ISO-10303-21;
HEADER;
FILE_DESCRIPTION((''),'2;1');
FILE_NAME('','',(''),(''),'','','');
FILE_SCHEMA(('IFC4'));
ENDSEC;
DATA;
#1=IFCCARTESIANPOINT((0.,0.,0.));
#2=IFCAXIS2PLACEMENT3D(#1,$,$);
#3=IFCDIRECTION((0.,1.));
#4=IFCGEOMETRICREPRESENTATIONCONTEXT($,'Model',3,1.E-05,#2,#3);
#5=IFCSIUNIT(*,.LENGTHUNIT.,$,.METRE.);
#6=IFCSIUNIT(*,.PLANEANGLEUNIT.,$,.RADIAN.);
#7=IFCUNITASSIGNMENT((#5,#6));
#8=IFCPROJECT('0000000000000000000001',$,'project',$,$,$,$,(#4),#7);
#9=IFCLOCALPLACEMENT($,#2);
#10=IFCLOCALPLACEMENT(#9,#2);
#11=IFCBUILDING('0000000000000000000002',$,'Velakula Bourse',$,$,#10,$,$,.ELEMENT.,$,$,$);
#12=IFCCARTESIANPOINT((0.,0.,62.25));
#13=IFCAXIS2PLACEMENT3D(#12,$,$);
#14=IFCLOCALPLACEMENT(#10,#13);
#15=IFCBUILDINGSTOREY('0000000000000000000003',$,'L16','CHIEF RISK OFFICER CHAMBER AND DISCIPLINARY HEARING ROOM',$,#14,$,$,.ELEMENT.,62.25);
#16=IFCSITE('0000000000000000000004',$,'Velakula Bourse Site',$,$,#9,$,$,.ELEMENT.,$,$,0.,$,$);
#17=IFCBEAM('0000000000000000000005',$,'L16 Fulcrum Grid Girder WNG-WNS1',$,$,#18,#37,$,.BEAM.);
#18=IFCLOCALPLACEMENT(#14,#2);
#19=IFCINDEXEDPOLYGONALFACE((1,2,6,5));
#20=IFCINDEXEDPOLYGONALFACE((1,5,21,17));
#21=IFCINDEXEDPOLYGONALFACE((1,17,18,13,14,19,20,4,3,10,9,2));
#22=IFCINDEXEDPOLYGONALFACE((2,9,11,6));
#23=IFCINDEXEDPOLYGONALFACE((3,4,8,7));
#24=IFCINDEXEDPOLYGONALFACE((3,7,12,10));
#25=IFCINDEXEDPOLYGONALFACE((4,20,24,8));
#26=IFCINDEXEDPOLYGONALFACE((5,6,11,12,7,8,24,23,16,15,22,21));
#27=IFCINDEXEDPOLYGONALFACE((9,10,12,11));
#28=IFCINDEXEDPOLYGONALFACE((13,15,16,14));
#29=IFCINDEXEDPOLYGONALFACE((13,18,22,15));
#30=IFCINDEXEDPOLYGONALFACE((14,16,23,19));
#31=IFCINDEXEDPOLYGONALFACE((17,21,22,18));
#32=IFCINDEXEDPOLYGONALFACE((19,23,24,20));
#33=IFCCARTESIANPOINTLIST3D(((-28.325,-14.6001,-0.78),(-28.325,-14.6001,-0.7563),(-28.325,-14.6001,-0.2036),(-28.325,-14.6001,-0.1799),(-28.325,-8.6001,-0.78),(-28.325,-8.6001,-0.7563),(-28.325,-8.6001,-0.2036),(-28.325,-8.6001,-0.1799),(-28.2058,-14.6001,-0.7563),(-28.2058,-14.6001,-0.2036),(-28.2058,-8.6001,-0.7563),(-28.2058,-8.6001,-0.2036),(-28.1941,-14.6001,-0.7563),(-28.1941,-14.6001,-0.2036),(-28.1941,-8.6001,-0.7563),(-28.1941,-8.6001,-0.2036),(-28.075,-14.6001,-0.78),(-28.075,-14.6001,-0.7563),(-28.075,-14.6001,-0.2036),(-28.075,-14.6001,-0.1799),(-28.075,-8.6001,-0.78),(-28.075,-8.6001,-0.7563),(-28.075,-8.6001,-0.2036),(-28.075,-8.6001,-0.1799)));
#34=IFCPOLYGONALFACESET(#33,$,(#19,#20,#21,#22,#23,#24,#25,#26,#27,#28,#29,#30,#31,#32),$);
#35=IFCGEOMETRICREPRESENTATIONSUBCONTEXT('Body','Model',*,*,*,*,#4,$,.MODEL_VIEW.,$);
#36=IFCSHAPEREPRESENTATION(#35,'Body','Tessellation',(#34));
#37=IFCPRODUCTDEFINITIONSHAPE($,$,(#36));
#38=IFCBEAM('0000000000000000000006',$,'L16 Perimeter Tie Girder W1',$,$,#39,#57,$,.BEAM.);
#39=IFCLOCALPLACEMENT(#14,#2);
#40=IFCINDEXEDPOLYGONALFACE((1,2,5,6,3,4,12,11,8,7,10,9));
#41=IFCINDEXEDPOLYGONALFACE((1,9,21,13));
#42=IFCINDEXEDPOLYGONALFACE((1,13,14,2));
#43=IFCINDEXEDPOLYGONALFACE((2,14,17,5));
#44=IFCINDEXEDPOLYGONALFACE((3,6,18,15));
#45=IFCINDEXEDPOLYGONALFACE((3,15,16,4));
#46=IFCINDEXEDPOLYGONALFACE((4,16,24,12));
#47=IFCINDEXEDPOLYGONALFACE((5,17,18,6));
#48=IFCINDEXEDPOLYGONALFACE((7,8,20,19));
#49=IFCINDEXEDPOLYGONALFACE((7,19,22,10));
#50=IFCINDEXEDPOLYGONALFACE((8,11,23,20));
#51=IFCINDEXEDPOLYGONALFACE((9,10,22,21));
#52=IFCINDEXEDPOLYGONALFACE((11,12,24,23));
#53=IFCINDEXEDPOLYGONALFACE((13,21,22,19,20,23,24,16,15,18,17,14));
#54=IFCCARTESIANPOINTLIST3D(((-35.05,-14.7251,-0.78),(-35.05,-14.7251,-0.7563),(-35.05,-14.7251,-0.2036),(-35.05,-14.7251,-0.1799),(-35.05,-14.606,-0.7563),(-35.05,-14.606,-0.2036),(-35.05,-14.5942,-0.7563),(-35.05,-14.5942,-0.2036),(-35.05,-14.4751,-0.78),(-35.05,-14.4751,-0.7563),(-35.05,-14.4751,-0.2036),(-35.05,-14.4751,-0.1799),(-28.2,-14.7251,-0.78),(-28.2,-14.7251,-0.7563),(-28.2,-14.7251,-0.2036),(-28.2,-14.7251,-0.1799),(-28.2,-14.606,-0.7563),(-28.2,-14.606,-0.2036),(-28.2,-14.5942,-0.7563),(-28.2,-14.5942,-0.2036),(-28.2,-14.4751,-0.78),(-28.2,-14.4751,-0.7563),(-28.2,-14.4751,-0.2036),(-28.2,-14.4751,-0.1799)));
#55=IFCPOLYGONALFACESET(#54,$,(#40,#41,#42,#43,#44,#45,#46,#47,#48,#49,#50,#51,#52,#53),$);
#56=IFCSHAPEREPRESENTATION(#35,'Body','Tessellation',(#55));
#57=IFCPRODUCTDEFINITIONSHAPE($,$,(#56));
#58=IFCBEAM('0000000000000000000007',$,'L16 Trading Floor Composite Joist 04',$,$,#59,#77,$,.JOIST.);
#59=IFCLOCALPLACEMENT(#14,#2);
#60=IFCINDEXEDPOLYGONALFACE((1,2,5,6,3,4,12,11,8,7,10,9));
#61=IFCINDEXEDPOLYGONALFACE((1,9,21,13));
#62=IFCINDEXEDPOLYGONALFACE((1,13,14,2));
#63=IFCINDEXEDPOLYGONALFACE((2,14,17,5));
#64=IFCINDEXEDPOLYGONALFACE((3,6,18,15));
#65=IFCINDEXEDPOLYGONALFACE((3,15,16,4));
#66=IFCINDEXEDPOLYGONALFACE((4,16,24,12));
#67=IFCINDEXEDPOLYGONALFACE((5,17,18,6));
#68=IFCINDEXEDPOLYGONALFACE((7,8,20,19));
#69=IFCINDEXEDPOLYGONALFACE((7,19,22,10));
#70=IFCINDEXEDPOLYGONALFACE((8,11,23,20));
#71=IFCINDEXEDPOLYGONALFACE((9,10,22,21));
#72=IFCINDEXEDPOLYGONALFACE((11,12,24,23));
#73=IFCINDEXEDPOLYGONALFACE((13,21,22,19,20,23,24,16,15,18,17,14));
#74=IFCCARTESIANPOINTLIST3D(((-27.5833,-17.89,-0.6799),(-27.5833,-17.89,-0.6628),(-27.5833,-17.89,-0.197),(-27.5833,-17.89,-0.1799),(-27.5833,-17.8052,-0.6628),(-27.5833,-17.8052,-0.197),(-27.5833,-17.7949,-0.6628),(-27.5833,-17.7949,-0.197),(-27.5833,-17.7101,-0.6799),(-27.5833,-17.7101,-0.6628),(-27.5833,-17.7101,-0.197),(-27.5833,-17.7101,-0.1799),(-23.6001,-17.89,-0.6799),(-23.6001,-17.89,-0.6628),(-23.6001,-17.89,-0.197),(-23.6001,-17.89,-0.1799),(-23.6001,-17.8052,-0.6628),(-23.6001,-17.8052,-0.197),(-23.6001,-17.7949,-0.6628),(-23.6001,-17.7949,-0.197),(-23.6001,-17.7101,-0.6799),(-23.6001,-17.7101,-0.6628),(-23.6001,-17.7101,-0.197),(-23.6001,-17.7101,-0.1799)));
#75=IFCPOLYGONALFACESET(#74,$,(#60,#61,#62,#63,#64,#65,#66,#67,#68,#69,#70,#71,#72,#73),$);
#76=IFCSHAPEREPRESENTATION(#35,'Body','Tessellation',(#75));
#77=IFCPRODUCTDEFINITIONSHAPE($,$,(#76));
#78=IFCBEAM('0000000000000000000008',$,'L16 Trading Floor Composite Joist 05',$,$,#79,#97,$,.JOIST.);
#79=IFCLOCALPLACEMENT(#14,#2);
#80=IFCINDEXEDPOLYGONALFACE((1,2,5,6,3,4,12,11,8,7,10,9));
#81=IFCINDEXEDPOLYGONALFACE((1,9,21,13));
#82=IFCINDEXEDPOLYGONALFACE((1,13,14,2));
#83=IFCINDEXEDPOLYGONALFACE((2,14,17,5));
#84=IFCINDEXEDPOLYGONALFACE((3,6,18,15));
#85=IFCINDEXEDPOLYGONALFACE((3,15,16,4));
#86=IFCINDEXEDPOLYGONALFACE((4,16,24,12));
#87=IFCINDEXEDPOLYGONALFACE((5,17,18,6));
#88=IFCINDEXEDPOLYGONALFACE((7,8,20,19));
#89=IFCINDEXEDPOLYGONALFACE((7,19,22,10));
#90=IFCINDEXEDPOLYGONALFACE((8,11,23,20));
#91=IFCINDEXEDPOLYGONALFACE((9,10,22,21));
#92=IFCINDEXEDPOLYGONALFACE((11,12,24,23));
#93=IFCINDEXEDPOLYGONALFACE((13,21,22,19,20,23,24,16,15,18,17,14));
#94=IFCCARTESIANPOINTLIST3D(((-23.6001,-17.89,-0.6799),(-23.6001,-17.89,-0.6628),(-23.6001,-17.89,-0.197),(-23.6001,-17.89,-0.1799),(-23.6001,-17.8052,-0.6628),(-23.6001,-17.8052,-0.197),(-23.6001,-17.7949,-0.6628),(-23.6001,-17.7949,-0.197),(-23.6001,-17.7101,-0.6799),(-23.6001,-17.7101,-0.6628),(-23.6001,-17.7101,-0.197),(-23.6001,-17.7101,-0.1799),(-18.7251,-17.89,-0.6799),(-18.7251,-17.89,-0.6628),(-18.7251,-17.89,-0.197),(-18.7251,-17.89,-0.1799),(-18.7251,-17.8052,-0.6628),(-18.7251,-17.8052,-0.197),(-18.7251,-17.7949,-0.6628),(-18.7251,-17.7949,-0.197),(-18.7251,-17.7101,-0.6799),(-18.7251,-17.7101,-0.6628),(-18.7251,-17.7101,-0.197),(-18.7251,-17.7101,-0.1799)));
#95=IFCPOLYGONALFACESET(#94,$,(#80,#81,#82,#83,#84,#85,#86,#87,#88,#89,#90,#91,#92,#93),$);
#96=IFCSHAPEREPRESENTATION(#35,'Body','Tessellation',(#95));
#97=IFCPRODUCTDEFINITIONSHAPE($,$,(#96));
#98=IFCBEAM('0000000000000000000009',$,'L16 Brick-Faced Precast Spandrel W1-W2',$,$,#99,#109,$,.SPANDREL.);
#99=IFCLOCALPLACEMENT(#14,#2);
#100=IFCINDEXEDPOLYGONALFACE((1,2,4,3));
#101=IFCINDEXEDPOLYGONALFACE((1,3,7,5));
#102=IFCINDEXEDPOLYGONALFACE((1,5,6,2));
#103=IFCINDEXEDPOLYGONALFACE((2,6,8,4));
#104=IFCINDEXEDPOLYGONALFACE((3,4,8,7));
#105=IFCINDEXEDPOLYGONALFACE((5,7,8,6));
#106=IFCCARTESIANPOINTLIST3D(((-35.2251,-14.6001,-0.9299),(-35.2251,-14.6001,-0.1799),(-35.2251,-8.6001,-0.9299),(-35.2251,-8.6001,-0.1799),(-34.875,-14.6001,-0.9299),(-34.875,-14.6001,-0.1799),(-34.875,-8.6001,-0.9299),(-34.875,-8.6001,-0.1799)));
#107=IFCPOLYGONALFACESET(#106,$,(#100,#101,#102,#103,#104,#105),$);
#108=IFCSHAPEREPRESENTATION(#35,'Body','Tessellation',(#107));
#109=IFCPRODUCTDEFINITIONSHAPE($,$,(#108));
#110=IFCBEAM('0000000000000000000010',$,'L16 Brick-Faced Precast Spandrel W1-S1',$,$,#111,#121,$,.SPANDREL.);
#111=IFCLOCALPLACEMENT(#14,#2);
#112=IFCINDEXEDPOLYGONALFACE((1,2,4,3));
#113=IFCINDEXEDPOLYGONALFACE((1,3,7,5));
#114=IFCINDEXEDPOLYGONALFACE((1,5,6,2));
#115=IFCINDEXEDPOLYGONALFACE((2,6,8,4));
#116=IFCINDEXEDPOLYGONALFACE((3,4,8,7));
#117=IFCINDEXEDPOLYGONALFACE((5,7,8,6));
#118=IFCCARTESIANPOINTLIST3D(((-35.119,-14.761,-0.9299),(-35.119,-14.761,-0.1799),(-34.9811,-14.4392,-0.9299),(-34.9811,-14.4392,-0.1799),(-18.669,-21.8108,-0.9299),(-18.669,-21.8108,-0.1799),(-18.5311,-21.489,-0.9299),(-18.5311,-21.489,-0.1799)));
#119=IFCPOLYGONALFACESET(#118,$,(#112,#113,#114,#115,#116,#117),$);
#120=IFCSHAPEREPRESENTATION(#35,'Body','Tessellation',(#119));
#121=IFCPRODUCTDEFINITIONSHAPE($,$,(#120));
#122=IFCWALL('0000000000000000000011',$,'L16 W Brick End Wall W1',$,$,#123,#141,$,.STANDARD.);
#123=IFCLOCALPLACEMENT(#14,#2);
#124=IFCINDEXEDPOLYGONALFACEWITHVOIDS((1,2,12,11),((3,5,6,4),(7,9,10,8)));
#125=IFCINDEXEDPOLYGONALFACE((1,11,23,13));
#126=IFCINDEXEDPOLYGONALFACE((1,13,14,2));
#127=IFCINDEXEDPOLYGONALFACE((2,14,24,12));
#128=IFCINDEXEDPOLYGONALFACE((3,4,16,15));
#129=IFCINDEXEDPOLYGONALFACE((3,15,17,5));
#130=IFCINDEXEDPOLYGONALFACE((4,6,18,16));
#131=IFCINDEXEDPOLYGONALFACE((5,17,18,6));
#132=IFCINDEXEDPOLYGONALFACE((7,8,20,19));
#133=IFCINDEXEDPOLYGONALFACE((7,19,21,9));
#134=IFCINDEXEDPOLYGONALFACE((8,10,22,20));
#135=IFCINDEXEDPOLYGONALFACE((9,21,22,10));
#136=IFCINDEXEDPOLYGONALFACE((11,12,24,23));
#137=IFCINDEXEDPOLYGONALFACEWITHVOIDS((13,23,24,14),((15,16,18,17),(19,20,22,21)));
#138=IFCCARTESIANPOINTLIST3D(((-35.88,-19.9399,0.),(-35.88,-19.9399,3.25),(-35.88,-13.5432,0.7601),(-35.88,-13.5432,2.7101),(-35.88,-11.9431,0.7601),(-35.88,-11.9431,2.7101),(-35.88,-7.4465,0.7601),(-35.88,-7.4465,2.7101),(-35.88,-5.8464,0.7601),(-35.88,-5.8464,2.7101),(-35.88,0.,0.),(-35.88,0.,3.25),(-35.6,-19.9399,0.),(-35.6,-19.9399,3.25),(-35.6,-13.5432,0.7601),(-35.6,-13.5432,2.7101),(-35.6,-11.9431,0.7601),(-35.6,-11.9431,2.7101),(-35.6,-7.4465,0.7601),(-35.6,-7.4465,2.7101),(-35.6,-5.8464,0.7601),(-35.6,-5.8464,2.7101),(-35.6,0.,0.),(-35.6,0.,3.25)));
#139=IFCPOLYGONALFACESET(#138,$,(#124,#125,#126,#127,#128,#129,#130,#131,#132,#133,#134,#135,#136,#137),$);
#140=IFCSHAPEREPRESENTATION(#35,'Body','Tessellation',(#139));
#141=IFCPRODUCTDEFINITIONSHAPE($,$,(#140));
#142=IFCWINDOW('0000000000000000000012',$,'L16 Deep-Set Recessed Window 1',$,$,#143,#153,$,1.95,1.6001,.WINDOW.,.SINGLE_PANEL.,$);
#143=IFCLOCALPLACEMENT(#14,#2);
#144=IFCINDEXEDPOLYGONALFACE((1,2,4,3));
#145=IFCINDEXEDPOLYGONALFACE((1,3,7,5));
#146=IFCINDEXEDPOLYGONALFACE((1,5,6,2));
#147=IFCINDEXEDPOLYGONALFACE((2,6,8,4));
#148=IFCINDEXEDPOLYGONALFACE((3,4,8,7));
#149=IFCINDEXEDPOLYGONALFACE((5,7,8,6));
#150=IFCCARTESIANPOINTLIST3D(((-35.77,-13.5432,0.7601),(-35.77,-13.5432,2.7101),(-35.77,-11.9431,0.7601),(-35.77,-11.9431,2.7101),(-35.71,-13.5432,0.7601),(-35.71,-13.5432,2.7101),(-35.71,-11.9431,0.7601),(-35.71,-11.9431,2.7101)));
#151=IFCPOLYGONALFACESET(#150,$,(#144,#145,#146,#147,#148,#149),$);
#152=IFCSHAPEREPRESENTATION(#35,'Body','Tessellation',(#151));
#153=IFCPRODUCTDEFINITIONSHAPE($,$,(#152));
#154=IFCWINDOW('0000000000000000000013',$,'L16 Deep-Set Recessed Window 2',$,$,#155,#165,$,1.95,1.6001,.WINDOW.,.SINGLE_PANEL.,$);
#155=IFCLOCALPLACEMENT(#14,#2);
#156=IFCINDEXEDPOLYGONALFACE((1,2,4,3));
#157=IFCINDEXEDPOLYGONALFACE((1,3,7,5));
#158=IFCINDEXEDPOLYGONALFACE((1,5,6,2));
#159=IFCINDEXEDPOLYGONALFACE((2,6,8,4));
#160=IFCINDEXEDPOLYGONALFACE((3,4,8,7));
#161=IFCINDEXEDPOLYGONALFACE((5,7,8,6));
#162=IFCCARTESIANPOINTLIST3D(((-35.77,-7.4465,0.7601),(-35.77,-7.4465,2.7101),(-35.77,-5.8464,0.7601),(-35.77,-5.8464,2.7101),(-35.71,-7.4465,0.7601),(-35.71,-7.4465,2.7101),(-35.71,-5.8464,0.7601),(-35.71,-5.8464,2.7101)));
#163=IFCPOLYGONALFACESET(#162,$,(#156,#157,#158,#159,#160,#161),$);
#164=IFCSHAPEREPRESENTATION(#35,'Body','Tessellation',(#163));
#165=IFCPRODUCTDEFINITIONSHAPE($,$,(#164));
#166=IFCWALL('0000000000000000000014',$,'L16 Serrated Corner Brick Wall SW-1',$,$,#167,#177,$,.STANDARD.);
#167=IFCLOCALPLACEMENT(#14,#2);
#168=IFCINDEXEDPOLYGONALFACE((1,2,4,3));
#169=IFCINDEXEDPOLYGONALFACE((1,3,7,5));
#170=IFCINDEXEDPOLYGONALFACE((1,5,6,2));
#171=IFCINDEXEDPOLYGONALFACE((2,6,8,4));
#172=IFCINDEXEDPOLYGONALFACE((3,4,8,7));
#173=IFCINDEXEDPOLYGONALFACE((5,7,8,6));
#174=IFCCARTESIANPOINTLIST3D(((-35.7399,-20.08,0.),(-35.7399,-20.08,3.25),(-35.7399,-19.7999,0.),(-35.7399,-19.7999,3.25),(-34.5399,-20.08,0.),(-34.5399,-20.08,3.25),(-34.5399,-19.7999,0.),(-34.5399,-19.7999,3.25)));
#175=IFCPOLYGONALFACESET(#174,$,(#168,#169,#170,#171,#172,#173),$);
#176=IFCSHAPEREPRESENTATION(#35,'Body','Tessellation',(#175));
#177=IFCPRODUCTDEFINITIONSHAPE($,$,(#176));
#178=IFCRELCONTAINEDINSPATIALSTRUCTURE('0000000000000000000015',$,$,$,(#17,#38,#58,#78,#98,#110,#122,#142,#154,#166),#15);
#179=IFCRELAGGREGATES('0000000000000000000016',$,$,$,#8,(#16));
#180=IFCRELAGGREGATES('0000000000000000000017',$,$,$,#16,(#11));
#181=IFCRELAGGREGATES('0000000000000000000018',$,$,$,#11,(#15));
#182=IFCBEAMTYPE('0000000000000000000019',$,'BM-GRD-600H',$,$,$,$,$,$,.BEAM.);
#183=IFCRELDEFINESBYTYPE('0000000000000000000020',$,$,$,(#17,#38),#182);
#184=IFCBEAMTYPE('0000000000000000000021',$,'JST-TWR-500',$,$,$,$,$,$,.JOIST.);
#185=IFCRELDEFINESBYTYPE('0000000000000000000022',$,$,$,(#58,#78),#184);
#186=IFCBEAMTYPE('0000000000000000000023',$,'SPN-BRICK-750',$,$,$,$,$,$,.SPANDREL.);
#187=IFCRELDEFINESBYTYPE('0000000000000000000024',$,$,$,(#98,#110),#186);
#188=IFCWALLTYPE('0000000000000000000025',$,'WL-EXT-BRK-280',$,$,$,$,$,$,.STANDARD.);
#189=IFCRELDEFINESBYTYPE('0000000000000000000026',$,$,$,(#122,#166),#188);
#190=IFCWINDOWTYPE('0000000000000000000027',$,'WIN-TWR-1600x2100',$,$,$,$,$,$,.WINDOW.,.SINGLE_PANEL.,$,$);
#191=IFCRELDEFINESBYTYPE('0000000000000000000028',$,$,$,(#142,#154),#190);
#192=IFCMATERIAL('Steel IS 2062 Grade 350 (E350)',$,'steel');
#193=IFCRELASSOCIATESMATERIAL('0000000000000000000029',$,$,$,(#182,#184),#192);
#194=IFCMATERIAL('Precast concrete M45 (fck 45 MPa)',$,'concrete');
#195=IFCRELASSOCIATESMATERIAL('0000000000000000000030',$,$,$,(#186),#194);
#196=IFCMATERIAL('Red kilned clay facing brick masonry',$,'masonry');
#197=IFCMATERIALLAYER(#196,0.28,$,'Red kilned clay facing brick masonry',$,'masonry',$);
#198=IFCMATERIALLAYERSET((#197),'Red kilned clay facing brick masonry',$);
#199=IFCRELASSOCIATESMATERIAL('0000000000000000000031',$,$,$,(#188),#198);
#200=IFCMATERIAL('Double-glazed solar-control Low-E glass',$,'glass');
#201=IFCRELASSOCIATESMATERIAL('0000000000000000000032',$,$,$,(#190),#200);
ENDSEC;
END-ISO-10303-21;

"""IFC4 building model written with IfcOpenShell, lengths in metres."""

from ifc_helpers import new_model, si_unit, direction, frame, frame_2d, origin, origin_2d, place, context, subcontext, project, spatial, rectangle, i_section, extrude, material, layer, layer_set, material_profile, profile_set, type_object, element, fill, save


model = new_model("IFC4")

# Units and contexts
model_context = context("Model", 3, precision=1e-05, world=origin(), true_north=direction((0.0, 1.0)))
body_context = subcontext(model_context, "Body", "Model", "MODEL_VIEW")
ifc_project = project(units=[si_unit("LENGTHUNIT", "METRE"), si_unit("PLANEANGLEUNIT", "RADIAN")], contexts=[model_context])

# Site, building, storey
site_placement = place(None, origin())
site = spatial("IfcSite", under=ifc_project, at=site_placement, Name="Velakula Bourse Site", CompositionType="ELEMENT", RefElevation=0.0)
building_placement = place(site_placement, origin())
building = spatial("IfcBuilding", under=site, at=building_placement, Name="Velakula Bourse", CompositionType="ELEMENT")
storey_placement = place(building_placement, frame((0.0, 0.0, 62.25)))
storey = spatial("IfcBuildingStorey", under=building, at=storey_placement, Name="L16", Description="CHIEF RISK OFFICER CHAMBER AND DISCIPLINARY HEARING ROOM", CompositionType="ELEMENT", Elevation=62.25)

# Shared definitions
ifc_material_1 = material(Name="Precast concrete M45 (fck 45 MPa)", Category="concrete")

# Beams
ifc_material_2 = material(Name="Steel IS 2062 Grade 350 (E350)", Category="steel")
ifc_material_profile_1 = material_profile(ifc_material_2, i_section(OverallWidth=0.25, OverallDepth=0.6001, WebThickness=0.0117, FlangeThickness=0.0237, at=origin_2d()), Name="Steel IS 2062 Grade 350 (E350)")
ifc_profile_set_1 = profile_set([ifc_material_profile_1], Name="Steel IS 2062 Grade 350 (E350)")
beam_type_1 = type_object("IfcBeamType", Name="BM-GRD-600H", PredefinedType="BEAM", material=ifc_profile_set_1)
beam_1_placement = place(storey_placement, frame((-28.2, -14.6001, -0.48), z_axis=(0.0, 1.0, 0.0), x_axis=(-1.0, 0.0, 0.0)))
element("IfcBeam", 1, at=beam_1_placement, inside=storey, type_object=beam_type_1, Name="L16 Fulcrum Grid Girder WNG-WNS1", PredefinedType="BEAM", context=body_context, shape_type="SweptSolid", body=[
    extrude(i_section(OverallWidth=0.25, OverallDepth=0.6001, WebThickness=0.0117, FlangeThickness=0.0237, at=origin_2d()), origin(), (0.0, 0.0, 1.0), 6.0),
])
beam_2_placement = place(storey_placement, frame((-28.2, -14.6001, -0.48), z_axis=(-1.0, 0.0, 0.0), x_axis=(0.0, -1.0, 0.0)))
element("IfcBeam", 2, at=beam_2_placement, inside=storey, type_object=beam_type_1, Name="L16 Perimeter Tie Girder W1", PredefinedType="BEAM", context=body_context, shape_type="SweptSolid", body=[
    extrude(i_section(OverallWidth=0.25, OverallDepth=0.6001, WebThickness=0.0117, FlangeThickness=0.0237, at=origin_2d()), origin(), (0.0, 0.0, 1.0), 6.8501),
])
ifc_material_profile_2 = material_profile(ifc_material_2, i_section(OverallWidth=0.1799, OverallDepth=0.5, WebThickness=0.0103, FlangeThickness=0.0171, at=origin_2d()), Name="Steel IS 2062 Grade 350 (E350)")
ifc_profile_set_2 = profile_set([ifc_material_profile_2], Name="Steel IS 2062 Grade 350 (E350)")
beam_type_2 = type_object("IfcBeamType", Name="JST-TWR-500", PredefinedType="JOIST", material=ifc_profile_set_2)
beam_3_placement = place(storey_placement, frame((-27.5833, -17.8, -0.4299), z_axis=(1.0, 0.0, 0.0), x_axis=(0.0, 1.0, 0.0)))
element("IfcBeam", 3, at=beam_3_placement, inside=storey, type_object=beam_type_2, Name="L16 Trading Floor Composite Joist 04", PredefinedType="JOIST", context=body_context, shape_type="SweptSolid", body=[
    extrude(i_section(OverallWidth=0.1799, OverallDepth=0.5, WebThickness=0.0103, FlangeThickness=0.0171, at=origin_2d()), origin(), (0.0, 0.0, 1.0), 3.9832),
])
beam_4_placement = place(storey_placement, frame((-23.6001, -17.8, -0.4299), z_axis=(1.0, 0.0, 0.0), x_axis=(0.0, 1.0, 0.0)))
element("IfcBeam", 4, at=beam_4_placement, inside=storey, type_object=beam_type_2, Name="L16 Trading Floor Composite Joist 05", PredefinedType="JOIST", context=body_context, shape_type="SweptSolid", body=[
    extrude(i_section(OverallWidth=0.1799, OverallDepth=0.5, WebThickness=0.0103, FlangeThickness=0.0171, at=origin_2d()), origin(), (0.0, 0.0, 1.0), 4.875),
])
ifc_material_profile_3 = material_profile(ifc_material_1, rectangle(XDim=0.3501, YDim=0.75, at=origin_2d()), Name="Precast concrete M45 (fck 45 MPa)")
ifc_profile_set_3 = profile_set([ifc_material_profile_3], Name="Precast concrete M45 (fck 45 MPa)")
beam_type_3 = type_object("IfcBeamType", Name="SPN-BRICK-750", PredefinedType="SPANDREL", material=ifc_profile_set_3)
beam_5_placement = place(storey_placement, frame((-35.05, -14.6001, -0.5549), z_axis=(0.0, 1.0, 0.0), x_axis=(-1.0, 0.0, 0.0)))
element("IfcBeam", 5, at=beam_5_placement, inside=storey, type_object=beam_type_3, Name="L16 Brick-Faced Precast Spandrel W1-W2", PredefinedType="SPANDREL", context=body_context, shape_type="SweptSolid", body=[
    extrude(rectangle(XDim=0.3501, YDim=0.75, at=origin_2d()), origin(), (0.0, 0.0, 1.0), 6.0),
])
beam_6_placement = place(storey_placement, frame((-35.05, -14.6001, -0.5549), z_axis=(0.919149, -0.393911, 0.0), x_axis=(0.393911, 0.919149, 0.0)))
element("IfcBeam", 6, at=beam_6_placement, inside=storey, type_object=beam_type_3, Name="L16 Brick-Faced Precast Spandrel W1-S1", PredefinedType="SPANDREL", context=body_context, shape_type="SweptSolid", body=[
    extrude(rectangle(XDim=0.3501, YDim=0.75, at=origin_2d()), origin(), (0.0, 0.0, 1.0), 17.897),
])

# Wall, openings, windows
ifc_material_3 = material(Name="Red kilned clay facing brick masonry", Category="masonry")
ifc_layer_1 = layer(ifc_material_3, 0.28, Name="Red kilned clay facing brick masonry", Category="masonry")
ifc_layer_set_1 = layer_set([ifc_layer_1], Name="Red kilned clay facing brick masonry")
wall_type_1 = type_object("IfcWallType", Name="WL-EXT-BRK-280", PredefinedType="STANDARD", material=ifc_layer_set_1)
wall_1_placement = place(storey_placement, frame((-35.74, -19.9399, 0.0), z_axis=(0.0, 0.0, 1.0), x_axis=(0.0, 1.0, 0.0)))
wall_1 = element("IfcWall", 7, at=wall_1_placement, inside=storey, type_object=wall_type_1, Name="L16 W Brick End Wall W1", PredefinedType="STANDARD", context=body_context, shape_type="SweptSolid", body=[
    extrude(rectangle(XDim=19.9399, YDim=0.28, at=frame_2d((9.97, 0.0))), origin(), (0.0, 0.0, 1.0), 3.25),
])
opening_1_placement = place(wall_1_placement, frame((6.3967, 0.0, 0.76)))
opening_1 = element("IfcOpeningElement", 8, at=opening_1_placement, cuts=wall_1, PredefinedType="OPENING", context=body_context, shape_type="SweptSolid", body=[
    extrude(rectangle(XDim=1.6001, YDim=1.95, at=frame_2d((0.8, 0.9751))), frame((0.0, 0.1499, 0.0), z_axis=(0.0, -1.0, 0.0), x_axis=(1.0, 0.0, 0.0)), (0.0, 0.0, 1.0), 0.3),
])
opening_2_placement = place(wall_1_placement, frame((12.4934, 0.0, 0.76)))
opening_2 = element("IfcOpeningElement", 9, at=opening_2_placement, cuts=wall_1, PredefinedType="OPENING", context=body_context, shape_type="SweptSolid", body=[
    extrude(rectangle(XDim=1.6001, YDim=1.95, at=frame_2d((0.8, 0.9751))), frame((0.0, 0.1499, 0.0), z_axis=(0.0, -1.0, 0.0), x_axis=(1.0, 0.0, 0.0)), (0.0, 0.0, 1.0), 0.3),
])
ifc_material_4 = material(Name="Double-glazed solar-control Low-E glass", Category="glass")
window_type = type_object("IfcWindowType", Name="WIN-TWR-1600x2100", PartitioningType="SINGLE_PANEL", PredefinedType="WINDOW", material=ifc_material_4)
window_1_placement = place(opening_1_placement, origin())
window_1 = element("IfcWindow", 10, at=window_1_placement, inside=storey, type_object=window_type, Name="L16 Deep-Set Recessed Window 1", OverallHeight=1.95, OverallWidth=1.6001, PartitioningType="SINGLE_PANEL", PredefinedType="WINDOW", context=body_context, shape_type="SweptSolid", body=[
    extrude(rectangle(XDim=1.6001, YDim=1.95, at=frame_2d((0.8, 0.9751))), frame((0.0, 0.03, 0.0), z_axis=(0.0, -1.0, 0.0), x_axis=(1.0, 0.0, 0.0)), (0.0, 0.0, 1.0), 0.0601),
])
fill(opening_1, window_1)
window_2_placement = place(opening_2_placement, origin())
window_2 = element("IfcWindow", 11, at=window_2_placement, inside=storey, type_object=window_type, Name="L16 Deep-Set Recessed Window 2", OverallHeight=1.95, OverallWidth=1.6001, PartitioningType="SINGLE_PANEL", PredefinedType="WINDOW", context=body_context, shape_type="SweptSolid", body=[
    extrude(rectangle(XDim=1.6001, YDim=1.95, at=frame_2d((0.8, 0.9751))), frame((0.0, 0.03, 0.0), z_axis=(0.0, -1.0, 0.0), x_axis=(1.0, 0.0, 0.0)), (0.0, 0.0, 1.0), 0.0601),
])
fill(opening_2, window_2)

# Wall
for number, where, z_axis, x_axis, name in (
    (12, (-35.74, -19.9399, 0.0), (0.0, 0.0, 1.0), (1.0, 0.0, 0.0), "L16 Serrated Corner Brick Wall SW-1"),
):
    element("IfcWall", number, at=place(storey_placement, frame(where, z_axis=z_axis, x_axis=x_axis)), inside=storey, type_object=wall_type_1, Name=name, PredefinedType="STANDARD", context=body_context, shape_type="SweptSolid", body=[
        extrude(rectangle(XDim=1.2, YDim=0.28, at=frame_2d((0.6001, 0.0))), origin(), (0.0, 0.0, 1.0), 3.25),
    ])

save(model, "model.ifc")
